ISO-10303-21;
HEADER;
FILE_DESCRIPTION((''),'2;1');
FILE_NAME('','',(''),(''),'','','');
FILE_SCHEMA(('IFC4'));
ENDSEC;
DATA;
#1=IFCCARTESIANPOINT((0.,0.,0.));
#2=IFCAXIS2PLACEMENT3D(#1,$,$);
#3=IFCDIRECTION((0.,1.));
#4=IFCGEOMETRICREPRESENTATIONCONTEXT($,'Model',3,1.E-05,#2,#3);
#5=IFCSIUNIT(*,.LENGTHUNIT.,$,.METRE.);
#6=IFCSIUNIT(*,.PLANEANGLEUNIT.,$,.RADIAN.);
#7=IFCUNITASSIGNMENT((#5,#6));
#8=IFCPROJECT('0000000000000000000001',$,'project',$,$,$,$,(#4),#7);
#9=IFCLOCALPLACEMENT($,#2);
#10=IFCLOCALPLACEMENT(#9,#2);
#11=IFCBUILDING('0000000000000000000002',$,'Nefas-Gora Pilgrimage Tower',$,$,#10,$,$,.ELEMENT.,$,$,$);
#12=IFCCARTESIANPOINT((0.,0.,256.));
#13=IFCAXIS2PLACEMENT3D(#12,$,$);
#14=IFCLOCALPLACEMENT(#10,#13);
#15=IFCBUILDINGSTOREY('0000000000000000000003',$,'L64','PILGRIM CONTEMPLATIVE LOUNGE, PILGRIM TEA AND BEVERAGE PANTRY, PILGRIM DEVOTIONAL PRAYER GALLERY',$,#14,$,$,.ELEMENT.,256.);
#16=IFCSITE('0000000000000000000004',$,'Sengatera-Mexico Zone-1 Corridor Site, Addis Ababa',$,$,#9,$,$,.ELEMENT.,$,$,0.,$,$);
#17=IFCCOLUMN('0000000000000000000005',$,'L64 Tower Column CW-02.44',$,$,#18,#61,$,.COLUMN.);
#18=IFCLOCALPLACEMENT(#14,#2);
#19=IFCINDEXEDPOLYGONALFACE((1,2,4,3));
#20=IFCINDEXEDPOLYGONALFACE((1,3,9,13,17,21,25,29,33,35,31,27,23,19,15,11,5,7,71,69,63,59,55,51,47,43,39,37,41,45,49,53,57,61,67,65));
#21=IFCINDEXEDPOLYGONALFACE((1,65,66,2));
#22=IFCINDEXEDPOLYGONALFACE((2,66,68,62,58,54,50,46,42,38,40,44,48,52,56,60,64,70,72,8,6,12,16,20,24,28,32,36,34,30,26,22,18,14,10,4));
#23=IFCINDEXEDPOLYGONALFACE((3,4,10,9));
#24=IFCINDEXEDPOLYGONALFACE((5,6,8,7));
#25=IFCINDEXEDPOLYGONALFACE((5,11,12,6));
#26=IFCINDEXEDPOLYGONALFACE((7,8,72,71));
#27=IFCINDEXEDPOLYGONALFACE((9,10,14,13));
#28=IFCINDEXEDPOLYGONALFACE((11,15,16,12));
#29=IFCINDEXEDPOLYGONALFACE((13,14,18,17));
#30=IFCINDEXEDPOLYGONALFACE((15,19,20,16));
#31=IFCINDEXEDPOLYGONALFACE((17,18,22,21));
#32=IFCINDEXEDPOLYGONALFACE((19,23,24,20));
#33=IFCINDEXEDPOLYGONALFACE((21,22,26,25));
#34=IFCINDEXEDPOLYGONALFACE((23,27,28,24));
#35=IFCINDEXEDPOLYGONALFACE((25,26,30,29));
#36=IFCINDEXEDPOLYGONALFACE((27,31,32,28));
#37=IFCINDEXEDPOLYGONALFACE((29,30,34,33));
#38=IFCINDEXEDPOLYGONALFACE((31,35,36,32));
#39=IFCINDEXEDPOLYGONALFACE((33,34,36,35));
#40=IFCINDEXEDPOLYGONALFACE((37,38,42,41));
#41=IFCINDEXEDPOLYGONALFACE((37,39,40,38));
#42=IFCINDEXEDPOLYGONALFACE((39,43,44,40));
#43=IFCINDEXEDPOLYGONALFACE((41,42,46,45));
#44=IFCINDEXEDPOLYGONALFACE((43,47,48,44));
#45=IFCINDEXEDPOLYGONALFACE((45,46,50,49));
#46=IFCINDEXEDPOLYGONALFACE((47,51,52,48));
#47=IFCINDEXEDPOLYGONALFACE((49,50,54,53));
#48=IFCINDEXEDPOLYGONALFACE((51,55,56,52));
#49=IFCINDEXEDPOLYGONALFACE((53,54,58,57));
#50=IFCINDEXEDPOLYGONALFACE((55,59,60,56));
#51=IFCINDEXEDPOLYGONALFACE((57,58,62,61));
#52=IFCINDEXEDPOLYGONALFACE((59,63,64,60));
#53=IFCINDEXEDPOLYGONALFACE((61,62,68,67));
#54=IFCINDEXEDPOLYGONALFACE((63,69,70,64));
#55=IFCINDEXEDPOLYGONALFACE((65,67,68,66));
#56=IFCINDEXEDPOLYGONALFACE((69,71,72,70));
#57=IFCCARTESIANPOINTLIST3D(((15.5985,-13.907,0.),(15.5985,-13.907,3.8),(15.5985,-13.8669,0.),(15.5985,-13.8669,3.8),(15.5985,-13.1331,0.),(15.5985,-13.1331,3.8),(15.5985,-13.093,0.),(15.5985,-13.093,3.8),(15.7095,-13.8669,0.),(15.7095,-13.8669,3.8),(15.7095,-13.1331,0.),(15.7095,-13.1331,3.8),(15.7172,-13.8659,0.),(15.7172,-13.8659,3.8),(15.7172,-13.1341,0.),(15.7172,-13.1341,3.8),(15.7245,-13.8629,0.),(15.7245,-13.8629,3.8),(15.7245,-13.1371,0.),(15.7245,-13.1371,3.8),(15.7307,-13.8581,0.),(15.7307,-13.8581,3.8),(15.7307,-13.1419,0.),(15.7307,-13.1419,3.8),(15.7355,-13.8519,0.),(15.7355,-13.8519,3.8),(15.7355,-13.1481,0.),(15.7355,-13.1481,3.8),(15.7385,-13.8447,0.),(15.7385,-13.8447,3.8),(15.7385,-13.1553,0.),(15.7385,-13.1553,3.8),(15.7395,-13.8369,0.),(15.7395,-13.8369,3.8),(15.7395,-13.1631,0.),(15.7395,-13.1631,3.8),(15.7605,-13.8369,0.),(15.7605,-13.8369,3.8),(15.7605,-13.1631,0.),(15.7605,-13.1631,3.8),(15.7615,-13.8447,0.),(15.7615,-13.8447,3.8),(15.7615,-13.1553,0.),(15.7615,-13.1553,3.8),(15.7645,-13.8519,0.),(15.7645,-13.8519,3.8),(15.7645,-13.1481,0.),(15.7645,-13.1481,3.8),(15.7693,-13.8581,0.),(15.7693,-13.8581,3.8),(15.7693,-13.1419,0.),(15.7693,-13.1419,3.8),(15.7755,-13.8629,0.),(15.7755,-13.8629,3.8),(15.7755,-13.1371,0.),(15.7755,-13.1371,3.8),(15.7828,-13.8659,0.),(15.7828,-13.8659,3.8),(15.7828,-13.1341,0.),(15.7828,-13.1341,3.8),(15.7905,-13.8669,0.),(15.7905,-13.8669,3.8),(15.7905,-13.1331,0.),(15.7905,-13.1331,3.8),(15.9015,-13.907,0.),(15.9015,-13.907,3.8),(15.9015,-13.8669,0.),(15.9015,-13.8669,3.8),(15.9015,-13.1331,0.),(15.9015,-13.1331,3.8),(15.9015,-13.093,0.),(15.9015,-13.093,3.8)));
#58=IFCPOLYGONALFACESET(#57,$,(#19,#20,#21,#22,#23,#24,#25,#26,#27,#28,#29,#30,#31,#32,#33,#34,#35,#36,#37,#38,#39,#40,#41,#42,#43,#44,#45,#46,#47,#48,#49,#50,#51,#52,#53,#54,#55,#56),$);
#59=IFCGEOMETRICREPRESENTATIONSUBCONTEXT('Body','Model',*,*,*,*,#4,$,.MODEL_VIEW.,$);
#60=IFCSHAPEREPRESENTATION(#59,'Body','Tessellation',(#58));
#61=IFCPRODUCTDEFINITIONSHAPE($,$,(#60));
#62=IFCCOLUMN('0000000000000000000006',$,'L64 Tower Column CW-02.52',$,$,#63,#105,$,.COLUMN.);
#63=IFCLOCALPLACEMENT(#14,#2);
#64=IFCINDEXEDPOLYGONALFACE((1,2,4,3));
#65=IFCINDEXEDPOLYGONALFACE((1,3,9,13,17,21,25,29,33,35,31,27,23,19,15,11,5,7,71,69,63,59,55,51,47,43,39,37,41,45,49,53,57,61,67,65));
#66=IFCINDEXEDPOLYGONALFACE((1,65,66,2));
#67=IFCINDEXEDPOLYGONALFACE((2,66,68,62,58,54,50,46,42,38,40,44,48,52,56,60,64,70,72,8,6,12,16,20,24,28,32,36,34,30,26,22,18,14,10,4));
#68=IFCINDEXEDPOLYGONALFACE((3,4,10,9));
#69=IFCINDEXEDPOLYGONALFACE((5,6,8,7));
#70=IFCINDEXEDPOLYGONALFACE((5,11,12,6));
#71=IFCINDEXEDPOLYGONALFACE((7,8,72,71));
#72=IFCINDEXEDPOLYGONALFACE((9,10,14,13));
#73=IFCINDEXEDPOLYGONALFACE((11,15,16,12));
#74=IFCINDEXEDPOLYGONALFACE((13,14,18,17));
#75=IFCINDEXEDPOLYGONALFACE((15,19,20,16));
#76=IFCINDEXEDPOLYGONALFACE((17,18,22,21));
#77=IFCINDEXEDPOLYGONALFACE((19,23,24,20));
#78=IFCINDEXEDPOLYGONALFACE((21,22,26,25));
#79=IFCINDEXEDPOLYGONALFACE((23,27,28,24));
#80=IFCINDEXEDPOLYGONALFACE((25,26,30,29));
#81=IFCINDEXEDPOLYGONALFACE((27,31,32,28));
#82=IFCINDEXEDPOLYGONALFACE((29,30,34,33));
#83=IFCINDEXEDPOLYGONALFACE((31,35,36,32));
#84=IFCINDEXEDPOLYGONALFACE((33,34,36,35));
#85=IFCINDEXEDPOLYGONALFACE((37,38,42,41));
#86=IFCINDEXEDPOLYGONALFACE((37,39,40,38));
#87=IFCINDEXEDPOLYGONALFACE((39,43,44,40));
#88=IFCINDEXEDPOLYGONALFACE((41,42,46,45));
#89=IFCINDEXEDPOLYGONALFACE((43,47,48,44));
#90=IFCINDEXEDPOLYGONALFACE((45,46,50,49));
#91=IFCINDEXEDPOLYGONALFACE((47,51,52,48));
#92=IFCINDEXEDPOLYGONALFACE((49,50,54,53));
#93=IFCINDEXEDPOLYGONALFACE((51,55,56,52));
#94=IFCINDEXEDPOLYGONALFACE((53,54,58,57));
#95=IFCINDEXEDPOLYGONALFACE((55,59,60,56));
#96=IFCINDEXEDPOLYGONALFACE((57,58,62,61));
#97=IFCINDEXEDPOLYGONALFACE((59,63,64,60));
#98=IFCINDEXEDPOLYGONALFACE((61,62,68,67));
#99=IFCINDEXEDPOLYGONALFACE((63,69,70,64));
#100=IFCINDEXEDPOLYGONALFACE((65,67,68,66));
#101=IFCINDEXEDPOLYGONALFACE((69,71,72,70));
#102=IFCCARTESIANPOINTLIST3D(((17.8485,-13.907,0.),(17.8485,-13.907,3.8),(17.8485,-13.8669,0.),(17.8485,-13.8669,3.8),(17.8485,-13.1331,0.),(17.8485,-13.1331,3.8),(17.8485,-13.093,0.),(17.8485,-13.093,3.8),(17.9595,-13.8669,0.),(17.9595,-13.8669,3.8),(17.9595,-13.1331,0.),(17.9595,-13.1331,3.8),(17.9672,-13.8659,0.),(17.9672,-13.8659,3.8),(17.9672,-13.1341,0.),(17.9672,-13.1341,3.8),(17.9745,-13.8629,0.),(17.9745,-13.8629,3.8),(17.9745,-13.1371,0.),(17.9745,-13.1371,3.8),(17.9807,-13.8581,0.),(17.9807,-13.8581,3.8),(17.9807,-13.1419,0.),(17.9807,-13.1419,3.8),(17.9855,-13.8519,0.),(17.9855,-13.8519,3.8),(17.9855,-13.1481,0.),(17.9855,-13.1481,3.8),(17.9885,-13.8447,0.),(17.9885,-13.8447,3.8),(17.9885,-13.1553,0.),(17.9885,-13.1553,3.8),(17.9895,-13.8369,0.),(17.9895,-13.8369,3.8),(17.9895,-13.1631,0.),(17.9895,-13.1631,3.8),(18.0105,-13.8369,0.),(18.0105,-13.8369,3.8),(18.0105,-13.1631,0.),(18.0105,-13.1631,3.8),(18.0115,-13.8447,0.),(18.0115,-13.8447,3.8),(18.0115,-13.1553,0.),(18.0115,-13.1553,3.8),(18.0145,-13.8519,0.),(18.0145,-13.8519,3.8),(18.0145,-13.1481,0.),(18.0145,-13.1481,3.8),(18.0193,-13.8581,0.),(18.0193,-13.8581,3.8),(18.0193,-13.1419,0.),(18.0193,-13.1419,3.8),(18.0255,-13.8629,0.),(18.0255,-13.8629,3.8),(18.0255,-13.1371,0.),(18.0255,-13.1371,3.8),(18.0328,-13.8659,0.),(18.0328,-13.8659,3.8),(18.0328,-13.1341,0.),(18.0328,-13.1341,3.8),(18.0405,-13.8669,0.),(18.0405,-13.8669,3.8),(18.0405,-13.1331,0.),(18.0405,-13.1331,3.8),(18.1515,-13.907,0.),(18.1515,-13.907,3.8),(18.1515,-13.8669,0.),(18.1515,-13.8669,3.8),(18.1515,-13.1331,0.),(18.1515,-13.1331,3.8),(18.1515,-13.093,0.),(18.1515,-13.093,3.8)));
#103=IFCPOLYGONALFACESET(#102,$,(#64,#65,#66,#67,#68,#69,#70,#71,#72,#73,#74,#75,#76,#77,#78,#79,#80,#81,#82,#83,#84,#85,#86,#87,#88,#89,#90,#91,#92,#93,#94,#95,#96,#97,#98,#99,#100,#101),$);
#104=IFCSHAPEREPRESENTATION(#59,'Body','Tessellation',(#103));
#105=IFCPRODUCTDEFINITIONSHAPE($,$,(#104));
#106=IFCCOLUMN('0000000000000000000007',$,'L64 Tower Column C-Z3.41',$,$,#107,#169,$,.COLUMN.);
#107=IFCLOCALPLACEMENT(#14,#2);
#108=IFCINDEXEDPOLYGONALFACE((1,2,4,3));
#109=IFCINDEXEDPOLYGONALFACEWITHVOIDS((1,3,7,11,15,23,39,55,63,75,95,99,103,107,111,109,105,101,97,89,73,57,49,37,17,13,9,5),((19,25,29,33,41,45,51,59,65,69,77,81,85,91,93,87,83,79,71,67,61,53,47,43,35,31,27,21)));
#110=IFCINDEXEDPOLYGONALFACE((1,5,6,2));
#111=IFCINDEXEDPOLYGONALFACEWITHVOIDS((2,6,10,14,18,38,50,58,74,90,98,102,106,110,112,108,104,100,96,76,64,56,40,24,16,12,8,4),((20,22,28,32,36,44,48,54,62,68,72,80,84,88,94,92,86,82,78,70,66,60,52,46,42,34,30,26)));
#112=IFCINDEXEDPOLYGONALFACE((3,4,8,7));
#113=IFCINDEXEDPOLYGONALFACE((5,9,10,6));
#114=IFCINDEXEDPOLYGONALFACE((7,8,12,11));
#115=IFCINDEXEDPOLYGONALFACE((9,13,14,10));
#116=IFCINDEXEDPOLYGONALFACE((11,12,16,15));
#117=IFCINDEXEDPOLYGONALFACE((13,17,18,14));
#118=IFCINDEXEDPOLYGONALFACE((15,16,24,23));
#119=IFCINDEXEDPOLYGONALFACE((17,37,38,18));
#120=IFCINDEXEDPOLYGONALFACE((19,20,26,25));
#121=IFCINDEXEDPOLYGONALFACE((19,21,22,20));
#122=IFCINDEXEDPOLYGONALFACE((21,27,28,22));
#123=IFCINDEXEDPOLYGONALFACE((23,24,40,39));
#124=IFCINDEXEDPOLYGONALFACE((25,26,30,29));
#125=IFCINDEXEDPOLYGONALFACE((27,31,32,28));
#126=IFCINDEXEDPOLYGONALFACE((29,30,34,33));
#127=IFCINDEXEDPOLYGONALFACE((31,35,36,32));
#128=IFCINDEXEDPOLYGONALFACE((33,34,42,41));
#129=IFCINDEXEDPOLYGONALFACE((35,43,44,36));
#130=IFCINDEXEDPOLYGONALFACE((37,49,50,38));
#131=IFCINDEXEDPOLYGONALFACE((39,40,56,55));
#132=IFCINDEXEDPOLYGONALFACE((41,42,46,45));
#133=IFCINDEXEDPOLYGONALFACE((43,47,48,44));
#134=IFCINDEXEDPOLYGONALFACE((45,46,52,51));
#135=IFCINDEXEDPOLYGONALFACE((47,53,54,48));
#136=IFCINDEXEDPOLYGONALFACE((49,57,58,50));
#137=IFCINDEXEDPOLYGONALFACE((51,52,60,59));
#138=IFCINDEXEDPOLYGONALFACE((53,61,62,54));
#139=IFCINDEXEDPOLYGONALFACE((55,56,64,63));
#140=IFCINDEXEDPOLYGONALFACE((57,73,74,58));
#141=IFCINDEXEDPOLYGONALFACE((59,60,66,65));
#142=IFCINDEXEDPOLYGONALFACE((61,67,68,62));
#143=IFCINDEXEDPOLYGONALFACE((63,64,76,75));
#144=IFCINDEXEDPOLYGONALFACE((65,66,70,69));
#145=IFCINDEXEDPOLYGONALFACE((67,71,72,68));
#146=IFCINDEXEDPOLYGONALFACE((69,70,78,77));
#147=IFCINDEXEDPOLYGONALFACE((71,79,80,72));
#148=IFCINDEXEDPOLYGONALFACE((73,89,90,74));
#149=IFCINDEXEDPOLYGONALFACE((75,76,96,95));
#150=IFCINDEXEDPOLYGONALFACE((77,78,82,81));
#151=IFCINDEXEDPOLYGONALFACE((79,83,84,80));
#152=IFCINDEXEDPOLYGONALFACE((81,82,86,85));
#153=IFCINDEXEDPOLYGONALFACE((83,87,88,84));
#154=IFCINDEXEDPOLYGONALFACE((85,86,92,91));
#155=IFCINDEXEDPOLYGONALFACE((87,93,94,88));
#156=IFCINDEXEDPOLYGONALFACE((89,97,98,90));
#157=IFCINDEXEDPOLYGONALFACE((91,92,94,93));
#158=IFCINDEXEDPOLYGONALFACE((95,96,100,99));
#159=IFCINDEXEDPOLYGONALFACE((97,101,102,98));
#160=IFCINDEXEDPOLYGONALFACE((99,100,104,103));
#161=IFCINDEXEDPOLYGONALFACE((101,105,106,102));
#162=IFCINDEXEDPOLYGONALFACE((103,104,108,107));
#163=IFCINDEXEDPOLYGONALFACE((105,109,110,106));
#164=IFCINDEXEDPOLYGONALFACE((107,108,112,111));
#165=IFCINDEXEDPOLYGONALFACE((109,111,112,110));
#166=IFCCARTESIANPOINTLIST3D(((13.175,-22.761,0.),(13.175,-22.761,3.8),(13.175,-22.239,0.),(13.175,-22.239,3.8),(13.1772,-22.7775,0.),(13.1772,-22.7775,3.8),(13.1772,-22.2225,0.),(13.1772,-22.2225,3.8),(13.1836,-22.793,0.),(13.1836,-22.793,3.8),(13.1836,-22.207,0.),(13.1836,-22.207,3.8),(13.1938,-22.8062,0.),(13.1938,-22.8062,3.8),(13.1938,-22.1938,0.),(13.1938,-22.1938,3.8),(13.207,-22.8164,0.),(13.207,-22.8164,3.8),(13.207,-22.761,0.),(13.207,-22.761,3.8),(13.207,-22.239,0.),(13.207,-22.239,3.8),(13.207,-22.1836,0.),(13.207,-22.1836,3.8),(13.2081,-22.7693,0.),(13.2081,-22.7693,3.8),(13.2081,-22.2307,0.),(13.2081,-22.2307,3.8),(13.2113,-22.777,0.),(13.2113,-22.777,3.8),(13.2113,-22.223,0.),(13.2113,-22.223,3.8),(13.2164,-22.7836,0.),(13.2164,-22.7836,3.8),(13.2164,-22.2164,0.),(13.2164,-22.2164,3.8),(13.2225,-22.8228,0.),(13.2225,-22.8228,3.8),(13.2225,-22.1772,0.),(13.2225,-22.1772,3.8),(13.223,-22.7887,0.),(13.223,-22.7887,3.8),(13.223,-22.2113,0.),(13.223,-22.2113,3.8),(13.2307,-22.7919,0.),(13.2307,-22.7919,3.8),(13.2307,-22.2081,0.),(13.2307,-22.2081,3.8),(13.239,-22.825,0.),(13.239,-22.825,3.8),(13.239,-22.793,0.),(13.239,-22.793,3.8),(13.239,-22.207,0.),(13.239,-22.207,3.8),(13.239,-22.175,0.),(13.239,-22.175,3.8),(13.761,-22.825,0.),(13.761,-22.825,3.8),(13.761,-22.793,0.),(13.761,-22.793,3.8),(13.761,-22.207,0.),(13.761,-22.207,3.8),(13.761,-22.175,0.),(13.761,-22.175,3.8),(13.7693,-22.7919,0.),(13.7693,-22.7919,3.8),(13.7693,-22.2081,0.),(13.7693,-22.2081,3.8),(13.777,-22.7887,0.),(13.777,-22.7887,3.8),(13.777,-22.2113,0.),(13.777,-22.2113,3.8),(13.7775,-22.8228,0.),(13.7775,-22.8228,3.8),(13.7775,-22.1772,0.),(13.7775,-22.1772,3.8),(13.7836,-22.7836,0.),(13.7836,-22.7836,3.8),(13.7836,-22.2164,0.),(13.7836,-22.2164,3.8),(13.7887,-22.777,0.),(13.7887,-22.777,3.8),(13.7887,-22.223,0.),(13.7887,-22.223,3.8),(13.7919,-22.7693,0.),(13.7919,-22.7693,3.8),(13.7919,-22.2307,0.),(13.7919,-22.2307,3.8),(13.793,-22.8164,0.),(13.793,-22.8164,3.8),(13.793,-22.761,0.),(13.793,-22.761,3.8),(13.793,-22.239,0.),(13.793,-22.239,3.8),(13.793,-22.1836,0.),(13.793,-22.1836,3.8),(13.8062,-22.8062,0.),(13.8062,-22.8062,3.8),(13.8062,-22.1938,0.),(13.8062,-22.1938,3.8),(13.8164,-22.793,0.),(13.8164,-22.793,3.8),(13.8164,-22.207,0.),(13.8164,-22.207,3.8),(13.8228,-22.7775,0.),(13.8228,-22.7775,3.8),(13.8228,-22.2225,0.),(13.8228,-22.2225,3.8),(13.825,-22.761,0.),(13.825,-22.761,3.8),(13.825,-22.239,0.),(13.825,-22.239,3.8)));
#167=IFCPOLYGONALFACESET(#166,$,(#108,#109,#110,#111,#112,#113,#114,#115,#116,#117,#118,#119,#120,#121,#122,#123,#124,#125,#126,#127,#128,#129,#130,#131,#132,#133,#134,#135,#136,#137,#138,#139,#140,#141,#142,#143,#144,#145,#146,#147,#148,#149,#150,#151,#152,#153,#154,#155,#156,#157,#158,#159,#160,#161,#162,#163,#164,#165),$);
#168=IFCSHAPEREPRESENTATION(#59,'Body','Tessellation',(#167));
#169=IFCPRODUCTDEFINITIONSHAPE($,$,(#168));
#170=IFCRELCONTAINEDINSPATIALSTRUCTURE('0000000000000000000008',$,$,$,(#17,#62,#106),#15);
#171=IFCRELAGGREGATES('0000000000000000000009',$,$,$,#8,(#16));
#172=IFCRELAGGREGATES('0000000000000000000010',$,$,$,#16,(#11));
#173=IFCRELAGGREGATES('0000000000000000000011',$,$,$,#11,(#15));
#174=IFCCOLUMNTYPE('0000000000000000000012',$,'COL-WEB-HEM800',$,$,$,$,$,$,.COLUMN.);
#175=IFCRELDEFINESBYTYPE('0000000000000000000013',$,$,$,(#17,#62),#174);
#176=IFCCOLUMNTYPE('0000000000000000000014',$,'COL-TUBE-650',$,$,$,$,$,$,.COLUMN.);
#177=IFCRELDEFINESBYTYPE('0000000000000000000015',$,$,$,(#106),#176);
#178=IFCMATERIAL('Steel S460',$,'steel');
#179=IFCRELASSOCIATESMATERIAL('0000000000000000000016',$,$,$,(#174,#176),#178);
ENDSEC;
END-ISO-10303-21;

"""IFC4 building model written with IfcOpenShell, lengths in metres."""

from ifc_helpers import new_model, si_unit, direction, frame, origin, origin_2d, place, context, subcontext, project, spatial, hollow_rectangle, i_section, extrude, source, transform, mapped, material, material_profile, profile_set, type_object, element, save


model = new_model("IFC4")

# Units and contexts
model_context = context("Model", 3, precision=1e-05, world=origin(), true_north=direction((0.0, 1.0)))
body_context = subcontext(model_context, "Body", "Model", "MODEL_VIEW")
ifc_project = project(units=[si_unit("LENGTHUNIT", "METRE"), si_unit("PLANEANGLEUNIT", "RADIAN")], contexts=[model_context])

# Site, building, storey
site_placement = place(None, origin())
site = spatial("IfcSite", under=ifc_project, at=site_placement, Name="Sengatera-Mexico Zone-1 Corridor Site, Addis Ababa", CompositionType="ELEMENT", RefElevation=0.0)
building_placement = place(site_placement, origin())
building = spatial("IfcBuilding", under=site, at=building_placement, Name="Nefas-Gora Pilgrimage Tower", CompositionType="ELEMENT")
storey_placement = place(building_placement, frame((0.0, 0.0, 256.0)))
storey = spatial("IfcBuildingStorey", under=building, at=storey_placement, Name="L64", Description="PILGRIM CONTEMPLATIVE LOUNGE, PILGRIM TEA AND BEVERAGE PANTRY, PILGRIM DEVOTIONAL PRAYER GALLERY", CompositionType="ELEMENT", Elevation=256.0)

# Columns
ifc_material_1 = material(Name="Steel S460", Category="steel")
ifc_material_profile_1 = material_profile(ifc_material_1, i_section(OverallWidth=0.303, OverallDepth=0.814, WebThickness=0.021, FlangeThickness=0.04, FilletRadius=0.03, at=origin_2d()), Name="HEM 800")
ifc_profile_set_1 = profile_set([ifc_material_profile_1], Name="Steel S460")
column_type_1 = type_object("IfcColumnType", Name="COL-WEB-HEM800", PredefinedType="COLUMN", material=ifc_profile_set_1)
shared_shape_1 = source(origin(), body_context, "Body", "SweptSolid", [
    extrude(i_section(OverallWidth=0.303, OverallDepth=0.814, WebThickness=0.021, FlangeThickness=0.04, FilletRadius=0.03, at=origin_2d()), origin(), (0.0, 0.0, 1.0), 3.8),
])
for number, where, z_axis, x_axis, name in (
    (1, (15.75, -13.5, 0.0), (0.0, 0.0, 1.0), (1.0, 0.0, 0.0), "L64 Tower Column CW-02.44"),
    (2, (18.0, -13.5, 0.0), (0.0, 0.0, 1.0), (1.0, 0.0, 0.0), "L64 Tower Column CW-02.52"),
):
    element("IfcColumn", number, at=place(storey_placement, frame(where, z_axis=z_axis, x_axis=x_axis)), inside=storey, type_object=column_type_1, Name=name, PredefinedType="COLUMN", context=body_context, shape_type="MappedRepresentation", body=[
        mapped(shared_shape_1, transform((0.0, 0.0, 0.0), x_axis=(1.0, 0.0, 0.0), y_axis=(0.0, 1.0, 0.0), z_axis=(0.0, 0.0, 1.0), scale=1.0)),
    ])
ifc_material_profile_2 = material_profile(ifc_material_1, hollow_rectangle(XDim=0.6499, YDim=0.6499, WallThickness=0.032, InnerFilletRadius=0.032, OuterFilletRadius=0.064, at=origin_2d()), Name="BOX 650x650x32")
ifc_profile_set_2 = profile_set([ifc_material_profile_2], Name="Steel S460")
column_type_2 = type_object("IfcColumnType", Name="COL-TUBE-650", PredefinedType="COLUMN", material=ifc_profile_set_2)
shared_shape_2 = source(origin(), body_context, "Body", "SweptSolid", [
    extrude(hollow_rectangle(XDim=0.6499, YDim=0.6499, WallThickness=0.032, InnerFilletRadius=0.032, OuterFilletRadius=0.064, at=origin_2d()), origin(), (0.0, 0.0, 1.0), 3.8),
])
for number, where, z_axis, x_axis, name in (
    (3, (13.5, -22.5, 0.0), (0.0, 0.0, 1.0), (1.0, 0.0, 0.0), "L64 Tower Column C-Z3.41"),
):
    element("IfcColumn", number, at=place(storey_placement, frame(where, z_axis=z_axis, x_axis=x_axis)), inside=storey, type_object=column_type_2, Name=name, PredefinedType="COLUMN", context=body_context, shape_type="MappedRepresentation", body=[
        mapped(shared_shape_2, transform((0.0, 0.0, 0.0), x_axis=(1.0, 0.0, 0.0), y_axis=(0.0, 1.0, 0.0), z_axis=(0.0, 0.0, 1.0), scale=1.0)),
    ])

save(model, "model.ifc")
